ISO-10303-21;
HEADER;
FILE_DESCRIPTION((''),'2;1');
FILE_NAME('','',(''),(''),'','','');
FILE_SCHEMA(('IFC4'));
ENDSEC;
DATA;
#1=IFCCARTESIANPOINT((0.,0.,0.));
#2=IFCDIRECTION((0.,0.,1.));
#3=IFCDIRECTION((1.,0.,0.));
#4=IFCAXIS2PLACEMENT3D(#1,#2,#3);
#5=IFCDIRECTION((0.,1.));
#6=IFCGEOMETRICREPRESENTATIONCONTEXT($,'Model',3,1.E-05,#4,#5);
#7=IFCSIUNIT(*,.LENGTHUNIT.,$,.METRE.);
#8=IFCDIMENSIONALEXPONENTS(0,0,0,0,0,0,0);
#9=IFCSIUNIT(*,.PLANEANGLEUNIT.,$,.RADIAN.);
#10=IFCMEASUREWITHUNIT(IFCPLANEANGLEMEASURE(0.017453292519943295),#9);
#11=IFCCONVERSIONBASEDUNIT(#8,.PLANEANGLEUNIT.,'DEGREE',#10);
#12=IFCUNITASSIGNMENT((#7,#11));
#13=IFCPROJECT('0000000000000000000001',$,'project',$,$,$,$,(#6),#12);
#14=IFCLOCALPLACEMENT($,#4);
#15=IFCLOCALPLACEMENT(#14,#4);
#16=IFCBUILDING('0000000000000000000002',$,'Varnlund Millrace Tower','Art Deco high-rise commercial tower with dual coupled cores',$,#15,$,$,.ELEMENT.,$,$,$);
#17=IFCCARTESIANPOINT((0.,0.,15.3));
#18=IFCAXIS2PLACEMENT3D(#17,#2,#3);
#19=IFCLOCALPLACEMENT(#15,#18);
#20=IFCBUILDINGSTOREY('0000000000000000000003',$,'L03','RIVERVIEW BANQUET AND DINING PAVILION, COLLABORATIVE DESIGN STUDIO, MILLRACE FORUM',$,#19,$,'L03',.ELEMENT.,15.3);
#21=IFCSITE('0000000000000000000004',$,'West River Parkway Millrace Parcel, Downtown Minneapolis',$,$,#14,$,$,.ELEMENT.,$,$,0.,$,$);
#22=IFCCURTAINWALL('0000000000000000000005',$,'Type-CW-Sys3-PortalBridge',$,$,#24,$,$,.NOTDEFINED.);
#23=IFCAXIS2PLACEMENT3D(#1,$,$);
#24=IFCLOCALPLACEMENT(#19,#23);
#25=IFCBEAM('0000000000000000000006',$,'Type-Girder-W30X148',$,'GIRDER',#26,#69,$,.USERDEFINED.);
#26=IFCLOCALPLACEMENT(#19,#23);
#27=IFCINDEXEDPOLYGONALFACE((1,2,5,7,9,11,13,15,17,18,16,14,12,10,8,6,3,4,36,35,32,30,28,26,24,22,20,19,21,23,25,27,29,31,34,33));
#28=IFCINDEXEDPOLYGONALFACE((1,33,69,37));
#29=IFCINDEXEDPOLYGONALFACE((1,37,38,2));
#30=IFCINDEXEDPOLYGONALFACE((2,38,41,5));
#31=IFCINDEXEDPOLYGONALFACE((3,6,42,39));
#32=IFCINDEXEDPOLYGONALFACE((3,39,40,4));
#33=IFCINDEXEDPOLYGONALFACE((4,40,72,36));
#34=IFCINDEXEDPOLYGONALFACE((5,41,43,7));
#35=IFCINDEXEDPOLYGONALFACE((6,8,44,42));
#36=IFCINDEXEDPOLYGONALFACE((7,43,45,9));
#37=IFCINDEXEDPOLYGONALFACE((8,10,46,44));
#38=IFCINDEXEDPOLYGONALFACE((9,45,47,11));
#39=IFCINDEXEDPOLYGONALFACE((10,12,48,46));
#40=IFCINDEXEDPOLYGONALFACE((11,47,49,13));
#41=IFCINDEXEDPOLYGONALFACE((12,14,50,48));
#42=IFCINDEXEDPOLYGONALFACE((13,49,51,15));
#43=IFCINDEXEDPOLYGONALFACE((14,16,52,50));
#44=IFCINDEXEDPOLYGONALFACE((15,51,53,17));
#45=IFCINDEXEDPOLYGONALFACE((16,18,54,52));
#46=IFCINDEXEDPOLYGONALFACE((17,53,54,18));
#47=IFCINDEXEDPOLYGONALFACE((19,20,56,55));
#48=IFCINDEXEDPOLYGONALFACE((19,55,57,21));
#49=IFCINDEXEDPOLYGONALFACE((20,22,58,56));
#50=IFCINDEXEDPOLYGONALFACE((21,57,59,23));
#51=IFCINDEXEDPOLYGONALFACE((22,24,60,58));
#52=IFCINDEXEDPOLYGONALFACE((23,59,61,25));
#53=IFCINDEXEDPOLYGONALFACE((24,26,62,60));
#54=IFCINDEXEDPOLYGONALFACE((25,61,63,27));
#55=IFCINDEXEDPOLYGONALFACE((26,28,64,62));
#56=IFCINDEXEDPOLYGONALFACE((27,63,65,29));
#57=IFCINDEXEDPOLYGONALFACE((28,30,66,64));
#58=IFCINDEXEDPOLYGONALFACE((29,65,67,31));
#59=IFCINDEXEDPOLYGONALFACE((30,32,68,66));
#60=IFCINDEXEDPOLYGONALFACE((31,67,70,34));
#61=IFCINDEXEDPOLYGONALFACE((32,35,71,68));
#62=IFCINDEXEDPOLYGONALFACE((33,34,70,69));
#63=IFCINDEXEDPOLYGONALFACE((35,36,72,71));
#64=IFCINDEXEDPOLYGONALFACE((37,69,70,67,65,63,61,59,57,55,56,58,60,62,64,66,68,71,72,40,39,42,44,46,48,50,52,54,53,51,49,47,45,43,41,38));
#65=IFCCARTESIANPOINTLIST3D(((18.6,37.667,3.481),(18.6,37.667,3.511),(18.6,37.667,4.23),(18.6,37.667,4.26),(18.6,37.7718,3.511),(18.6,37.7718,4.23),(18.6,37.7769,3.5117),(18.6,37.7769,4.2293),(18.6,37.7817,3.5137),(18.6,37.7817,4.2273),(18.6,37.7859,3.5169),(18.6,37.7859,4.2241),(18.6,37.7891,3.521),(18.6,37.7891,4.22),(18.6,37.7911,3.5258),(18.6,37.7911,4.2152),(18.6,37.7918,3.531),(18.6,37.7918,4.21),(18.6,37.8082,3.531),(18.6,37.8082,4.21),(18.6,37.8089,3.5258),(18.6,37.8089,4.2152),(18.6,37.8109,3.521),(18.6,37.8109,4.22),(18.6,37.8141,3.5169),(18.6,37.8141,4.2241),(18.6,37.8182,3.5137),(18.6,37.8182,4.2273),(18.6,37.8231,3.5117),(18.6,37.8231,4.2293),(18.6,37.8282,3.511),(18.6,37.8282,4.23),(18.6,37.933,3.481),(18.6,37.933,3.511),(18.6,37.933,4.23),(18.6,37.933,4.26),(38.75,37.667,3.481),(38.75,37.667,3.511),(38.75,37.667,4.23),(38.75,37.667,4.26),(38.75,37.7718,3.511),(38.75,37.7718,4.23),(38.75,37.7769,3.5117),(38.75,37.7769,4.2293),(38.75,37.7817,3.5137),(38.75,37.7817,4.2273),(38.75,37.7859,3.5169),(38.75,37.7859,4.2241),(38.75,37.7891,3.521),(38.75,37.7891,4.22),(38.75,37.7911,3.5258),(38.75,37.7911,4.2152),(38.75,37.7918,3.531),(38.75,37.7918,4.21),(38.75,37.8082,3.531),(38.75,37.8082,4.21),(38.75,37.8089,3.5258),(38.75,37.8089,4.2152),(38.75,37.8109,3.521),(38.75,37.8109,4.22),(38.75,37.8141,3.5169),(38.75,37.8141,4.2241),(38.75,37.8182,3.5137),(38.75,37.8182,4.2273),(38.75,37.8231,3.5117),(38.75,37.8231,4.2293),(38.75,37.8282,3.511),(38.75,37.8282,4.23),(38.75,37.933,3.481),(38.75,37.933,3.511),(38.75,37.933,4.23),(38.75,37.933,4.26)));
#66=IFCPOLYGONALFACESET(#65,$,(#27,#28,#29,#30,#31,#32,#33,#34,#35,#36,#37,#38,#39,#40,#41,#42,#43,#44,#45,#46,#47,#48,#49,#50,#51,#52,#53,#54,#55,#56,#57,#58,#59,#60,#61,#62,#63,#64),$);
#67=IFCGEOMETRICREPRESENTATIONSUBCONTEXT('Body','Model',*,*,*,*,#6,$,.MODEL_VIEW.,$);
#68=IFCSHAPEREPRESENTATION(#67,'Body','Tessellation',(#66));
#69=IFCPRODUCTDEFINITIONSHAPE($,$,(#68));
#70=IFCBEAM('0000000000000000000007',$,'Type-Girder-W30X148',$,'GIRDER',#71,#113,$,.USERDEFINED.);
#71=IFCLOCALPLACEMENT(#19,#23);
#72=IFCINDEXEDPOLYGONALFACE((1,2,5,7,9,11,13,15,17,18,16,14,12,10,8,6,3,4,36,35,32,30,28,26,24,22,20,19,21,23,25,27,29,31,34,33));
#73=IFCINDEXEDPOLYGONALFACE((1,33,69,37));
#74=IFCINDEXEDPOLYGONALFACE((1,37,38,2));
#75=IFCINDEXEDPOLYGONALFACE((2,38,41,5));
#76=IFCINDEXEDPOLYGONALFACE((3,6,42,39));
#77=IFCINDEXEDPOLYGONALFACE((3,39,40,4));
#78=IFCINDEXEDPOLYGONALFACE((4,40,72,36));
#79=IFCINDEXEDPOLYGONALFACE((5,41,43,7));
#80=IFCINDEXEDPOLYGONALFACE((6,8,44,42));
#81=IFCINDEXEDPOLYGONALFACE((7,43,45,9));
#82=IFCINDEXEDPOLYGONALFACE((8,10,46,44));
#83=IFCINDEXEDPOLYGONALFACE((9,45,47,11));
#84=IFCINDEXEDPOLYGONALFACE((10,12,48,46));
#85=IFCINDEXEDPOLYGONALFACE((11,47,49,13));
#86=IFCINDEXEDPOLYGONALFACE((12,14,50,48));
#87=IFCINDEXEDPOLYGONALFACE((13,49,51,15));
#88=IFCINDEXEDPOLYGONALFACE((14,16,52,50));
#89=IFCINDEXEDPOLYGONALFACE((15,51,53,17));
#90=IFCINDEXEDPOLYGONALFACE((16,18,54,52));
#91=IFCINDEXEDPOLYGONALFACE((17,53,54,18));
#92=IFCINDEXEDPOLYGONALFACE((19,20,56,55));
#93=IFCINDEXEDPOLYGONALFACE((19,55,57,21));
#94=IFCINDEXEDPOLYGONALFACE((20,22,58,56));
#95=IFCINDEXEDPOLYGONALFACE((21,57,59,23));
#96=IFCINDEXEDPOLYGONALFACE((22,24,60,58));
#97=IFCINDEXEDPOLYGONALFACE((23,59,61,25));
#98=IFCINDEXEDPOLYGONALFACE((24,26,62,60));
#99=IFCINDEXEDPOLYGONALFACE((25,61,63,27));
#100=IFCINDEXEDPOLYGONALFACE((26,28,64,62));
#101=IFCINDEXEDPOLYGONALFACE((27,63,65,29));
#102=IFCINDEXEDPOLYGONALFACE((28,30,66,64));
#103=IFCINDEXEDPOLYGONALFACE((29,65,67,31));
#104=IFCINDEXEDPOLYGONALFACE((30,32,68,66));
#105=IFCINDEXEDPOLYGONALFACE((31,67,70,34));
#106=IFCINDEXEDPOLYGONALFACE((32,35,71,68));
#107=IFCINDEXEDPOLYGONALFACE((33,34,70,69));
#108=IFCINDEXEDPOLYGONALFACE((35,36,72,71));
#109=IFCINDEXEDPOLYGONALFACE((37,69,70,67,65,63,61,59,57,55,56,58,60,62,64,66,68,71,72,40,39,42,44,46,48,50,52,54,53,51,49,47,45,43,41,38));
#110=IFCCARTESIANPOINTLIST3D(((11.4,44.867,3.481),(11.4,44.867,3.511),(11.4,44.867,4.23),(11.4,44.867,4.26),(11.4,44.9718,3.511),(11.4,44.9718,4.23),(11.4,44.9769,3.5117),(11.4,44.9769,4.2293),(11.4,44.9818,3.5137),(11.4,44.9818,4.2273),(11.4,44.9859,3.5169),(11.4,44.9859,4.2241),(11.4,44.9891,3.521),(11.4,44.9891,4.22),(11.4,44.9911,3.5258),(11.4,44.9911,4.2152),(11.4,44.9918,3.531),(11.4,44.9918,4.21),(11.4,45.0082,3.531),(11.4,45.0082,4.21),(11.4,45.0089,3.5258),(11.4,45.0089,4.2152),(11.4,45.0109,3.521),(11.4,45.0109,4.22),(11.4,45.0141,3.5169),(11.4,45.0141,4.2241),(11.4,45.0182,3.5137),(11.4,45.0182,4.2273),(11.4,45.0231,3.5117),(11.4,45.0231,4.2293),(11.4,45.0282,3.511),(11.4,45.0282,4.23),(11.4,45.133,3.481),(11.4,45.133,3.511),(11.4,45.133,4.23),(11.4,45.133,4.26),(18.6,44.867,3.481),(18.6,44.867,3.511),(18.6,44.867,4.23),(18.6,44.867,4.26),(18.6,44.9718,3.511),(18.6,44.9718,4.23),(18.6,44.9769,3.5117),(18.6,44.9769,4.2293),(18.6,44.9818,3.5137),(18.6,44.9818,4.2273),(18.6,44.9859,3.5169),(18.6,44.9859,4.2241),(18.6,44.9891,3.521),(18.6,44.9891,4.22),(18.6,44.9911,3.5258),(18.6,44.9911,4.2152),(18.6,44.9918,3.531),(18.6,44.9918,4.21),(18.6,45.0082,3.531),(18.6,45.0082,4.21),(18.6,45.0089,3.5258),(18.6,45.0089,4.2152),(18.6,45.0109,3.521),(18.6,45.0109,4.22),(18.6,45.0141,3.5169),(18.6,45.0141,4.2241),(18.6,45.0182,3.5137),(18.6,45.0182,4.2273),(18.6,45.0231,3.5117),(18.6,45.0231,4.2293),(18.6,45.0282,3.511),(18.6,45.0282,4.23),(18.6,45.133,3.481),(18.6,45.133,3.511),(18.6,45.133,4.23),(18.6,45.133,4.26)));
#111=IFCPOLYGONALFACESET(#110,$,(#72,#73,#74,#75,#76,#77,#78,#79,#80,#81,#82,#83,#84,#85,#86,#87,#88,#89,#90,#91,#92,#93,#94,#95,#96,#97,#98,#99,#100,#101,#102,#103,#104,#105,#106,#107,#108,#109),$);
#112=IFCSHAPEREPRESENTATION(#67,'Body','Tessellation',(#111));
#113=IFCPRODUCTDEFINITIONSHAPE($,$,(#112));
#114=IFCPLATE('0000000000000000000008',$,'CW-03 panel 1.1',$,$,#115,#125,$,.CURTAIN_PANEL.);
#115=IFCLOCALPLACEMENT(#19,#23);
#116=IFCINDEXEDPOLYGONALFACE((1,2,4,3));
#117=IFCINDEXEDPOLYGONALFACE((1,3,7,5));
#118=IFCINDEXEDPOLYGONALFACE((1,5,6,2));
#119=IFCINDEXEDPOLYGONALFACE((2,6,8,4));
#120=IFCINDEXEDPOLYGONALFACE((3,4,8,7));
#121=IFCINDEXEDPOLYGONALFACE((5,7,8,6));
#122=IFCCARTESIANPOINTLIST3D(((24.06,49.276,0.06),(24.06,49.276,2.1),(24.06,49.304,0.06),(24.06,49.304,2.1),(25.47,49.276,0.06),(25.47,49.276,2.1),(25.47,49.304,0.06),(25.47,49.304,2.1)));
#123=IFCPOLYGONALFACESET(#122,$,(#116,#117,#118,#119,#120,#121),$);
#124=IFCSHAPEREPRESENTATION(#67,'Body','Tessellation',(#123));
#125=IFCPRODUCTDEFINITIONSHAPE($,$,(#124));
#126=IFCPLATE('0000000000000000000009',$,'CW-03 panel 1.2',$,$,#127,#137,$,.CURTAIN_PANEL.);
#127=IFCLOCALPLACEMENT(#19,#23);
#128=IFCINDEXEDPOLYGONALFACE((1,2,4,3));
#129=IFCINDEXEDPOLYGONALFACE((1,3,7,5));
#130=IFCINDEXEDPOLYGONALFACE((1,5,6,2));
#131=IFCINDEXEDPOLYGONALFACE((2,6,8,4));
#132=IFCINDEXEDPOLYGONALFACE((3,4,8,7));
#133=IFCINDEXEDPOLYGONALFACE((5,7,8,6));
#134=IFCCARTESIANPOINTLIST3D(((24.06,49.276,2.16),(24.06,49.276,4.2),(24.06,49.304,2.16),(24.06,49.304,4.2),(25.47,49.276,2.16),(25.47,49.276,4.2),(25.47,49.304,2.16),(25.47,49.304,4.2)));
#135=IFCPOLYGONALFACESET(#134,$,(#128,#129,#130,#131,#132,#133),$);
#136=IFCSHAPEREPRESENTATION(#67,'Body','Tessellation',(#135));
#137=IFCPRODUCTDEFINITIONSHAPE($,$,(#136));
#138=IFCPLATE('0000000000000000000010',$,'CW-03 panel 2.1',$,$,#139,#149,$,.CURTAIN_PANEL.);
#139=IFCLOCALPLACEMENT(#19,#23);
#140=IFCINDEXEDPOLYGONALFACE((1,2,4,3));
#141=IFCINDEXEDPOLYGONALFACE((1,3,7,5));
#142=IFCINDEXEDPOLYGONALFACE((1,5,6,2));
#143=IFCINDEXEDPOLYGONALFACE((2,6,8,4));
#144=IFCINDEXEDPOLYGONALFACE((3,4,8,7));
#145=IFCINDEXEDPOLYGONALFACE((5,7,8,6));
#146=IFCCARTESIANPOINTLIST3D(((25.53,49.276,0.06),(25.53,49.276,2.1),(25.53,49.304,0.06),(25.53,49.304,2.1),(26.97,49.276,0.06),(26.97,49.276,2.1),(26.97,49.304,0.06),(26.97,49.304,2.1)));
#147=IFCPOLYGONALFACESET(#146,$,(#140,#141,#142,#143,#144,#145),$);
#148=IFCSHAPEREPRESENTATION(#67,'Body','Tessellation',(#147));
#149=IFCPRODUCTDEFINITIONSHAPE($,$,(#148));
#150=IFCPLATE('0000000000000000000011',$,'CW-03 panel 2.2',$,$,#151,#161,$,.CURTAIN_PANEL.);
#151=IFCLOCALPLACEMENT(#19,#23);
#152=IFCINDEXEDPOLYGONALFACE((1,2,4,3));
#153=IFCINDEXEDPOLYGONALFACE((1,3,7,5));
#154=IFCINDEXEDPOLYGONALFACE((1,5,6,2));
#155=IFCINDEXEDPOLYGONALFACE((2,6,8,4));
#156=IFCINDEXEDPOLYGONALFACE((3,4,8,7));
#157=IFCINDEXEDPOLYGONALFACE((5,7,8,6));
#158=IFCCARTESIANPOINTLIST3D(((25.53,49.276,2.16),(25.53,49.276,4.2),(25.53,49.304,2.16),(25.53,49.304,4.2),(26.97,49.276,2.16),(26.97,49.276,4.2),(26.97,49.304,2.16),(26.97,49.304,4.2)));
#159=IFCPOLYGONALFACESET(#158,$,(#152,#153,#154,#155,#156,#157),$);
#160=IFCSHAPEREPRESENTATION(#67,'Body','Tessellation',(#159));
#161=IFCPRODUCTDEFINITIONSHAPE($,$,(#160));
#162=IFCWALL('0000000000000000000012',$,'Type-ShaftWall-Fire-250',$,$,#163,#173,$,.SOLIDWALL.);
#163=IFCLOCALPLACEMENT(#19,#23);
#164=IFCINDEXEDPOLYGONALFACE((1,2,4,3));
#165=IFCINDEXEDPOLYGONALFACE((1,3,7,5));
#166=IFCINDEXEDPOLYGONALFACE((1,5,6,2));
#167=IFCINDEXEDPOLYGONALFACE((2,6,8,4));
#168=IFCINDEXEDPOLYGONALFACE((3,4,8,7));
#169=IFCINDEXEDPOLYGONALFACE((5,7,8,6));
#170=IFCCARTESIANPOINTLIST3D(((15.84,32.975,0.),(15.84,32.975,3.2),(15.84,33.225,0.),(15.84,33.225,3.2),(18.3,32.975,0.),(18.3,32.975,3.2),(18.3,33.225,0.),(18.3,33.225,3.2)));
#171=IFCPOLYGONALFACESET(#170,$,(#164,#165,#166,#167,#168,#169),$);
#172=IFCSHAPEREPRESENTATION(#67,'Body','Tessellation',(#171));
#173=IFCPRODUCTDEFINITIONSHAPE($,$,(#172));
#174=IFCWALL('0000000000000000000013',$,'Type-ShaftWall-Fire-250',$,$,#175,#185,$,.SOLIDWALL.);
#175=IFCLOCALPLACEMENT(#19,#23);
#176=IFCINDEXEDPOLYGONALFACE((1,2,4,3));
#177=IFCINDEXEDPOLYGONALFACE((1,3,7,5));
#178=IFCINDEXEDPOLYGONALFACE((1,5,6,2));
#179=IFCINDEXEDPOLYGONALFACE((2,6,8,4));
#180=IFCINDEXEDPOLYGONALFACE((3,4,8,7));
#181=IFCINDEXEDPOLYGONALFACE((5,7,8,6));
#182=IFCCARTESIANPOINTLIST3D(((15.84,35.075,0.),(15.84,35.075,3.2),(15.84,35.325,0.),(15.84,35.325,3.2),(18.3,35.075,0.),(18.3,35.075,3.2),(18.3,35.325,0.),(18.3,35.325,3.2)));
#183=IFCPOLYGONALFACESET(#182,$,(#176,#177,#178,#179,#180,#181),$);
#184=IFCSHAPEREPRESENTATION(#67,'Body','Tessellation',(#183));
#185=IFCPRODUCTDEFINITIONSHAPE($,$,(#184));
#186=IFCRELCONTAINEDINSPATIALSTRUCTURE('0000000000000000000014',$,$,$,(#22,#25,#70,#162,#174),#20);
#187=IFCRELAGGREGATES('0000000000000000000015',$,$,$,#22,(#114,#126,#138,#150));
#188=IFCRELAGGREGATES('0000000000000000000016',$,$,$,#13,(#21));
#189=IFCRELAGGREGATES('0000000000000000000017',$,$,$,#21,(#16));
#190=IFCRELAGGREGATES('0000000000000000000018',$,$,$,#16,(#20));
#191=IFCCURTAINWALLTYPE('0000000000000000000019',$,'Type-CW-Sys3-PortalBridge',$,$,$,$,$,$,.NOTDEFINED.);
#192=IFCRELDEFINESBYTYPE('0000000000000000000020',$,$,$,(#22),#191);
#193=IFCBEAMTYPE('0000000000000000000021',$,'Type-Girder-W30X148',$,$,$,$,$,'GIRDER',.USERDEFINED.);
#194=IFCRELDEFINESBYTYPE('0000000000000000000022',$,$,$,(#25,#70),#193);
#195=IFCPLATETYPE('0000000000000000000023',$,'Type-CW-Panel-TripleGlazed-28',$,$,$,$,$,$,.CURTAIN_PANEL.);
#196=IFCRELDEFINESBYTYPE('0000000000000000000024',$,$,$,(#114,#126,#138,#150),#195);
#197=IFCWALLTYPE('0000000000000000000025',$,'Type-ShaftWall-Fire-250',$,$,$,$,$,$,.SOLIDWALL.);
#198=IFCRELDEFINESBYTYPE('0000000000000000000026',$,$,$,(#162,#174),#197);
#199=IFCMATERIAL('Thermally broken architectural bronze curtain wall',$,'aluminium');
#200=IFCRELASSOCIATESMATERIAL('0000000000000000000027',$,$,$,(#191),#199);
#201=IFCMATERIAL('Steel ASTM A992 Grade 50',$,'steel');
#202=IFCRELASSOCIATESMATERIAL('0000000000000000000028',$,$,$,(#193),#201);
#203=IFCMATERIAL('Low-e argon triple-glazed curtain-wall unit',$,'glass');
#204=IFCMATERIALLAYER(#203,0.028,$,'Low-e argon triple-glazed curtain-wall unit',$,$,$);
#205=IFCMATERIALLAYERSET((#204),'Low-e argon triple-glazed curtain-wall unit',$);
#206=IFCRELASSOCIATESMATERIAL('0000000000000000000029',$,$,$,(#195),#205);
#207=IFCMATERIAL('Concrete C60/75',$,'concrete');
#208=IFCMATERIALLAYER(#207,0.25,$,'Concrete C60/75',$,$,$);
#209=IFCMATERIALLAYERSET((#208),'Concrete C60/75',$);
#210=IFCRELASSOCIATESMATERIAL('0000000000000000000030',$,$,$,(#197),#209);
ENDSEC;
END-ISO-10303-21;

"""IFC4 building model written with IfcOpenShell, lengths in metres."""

from ifc_helpers import new_model, entity, si_unit, converted_unit, direction, frame, origin_with_axes, origin_2d_with_axis, place, context, subcontext, project, spatial, polyline, rectangle, i_section, outline, extrude, material, layer, layer_set, material_profile, profile_set, type_object, element, aggregate, save


model = new_model("IFC4")

# Units and contexts
model_context = context("Model", 3, precision=1e-05, world=origin_with_axes(), true_north=direction((0.0, 1.0)))
body_context = subcontext(model_context, "Body", "Model", "MODEL_VIEW")
ifc_project = project(units=[si_unit("LENGTHUNIT", "METRE"), converted_unit("PLANEANGLEUNIT", "DEGREE", entity("IfcPlaneAngleMeasure", 0.017453292519943295), si_unit("PLANEANGLEUNIT", "RADIAN"), dimensions=[0, 0, 0, 0, 0, 0, 0])], contexts=[model_context])

# Site, building, storey
site_placement = place(None, origin_with_axes())
site = spatial("IfcSite", under=ifc_project, at=site_placement, Name="West River Parkway Millrace Parcel, Downtown Minneapolis", CompositionType="ELEMENT", RefElevation=0.0)
building_placement = place(site_placement, origin_with_axes())
building = spatial("IfcBuilding", under=site, at=building_placement, Name="Varnlund Millrace Tower", Description="Art Deco high-rise commercial tower with dual coupled cores", CompositionType="ELEMENT")
storey_placement = place(building_placement, frame((0.0, 0.0, 15.3), z_axis=(0.0, 0.0, 1.0), x_axis=(1.0, 0.0, 0.0)))
storey = spatial("IfcBuildingStorey", under=building, at=storey_placement, Name="L03", Description="RIVERVIEW BANQUET AND DINING PAVILION, COLLABORATIVE DESIGN STUDIO, MILLRACE FORUM", LongName="L03", CompositionType="ELEMENT", Elevation=15.3)

# Curtain wall
ifc_material_1 = material(Name="Thermally broken architectural bronze curtain wall", Category="aluminium")
curtain_wall_type = type_object("IfcCurtainWallType", Name="Type-CW-Sys3-PortalBridge", PredefinedType="NOTDEFINED", material=ifc_material_1)
curtain_wall_placement = place(storey_placement, frame((24.0, 49.29, 0.0), z_axis=(0.0, 0.0, 1.0), x_axis=(1.0, 0.0, 0.0)))
curtain_wall = element("IfcCurtainWall", 1, at=curtain_wall_placement, inside=storey, type_object=curtain_wall_type, Name="Type-CW-Sys3-PortalBridge", PredefinedType="NOTDEFINED")

# Beams
ifc_material_2 = material(Name="Steel ASTM A992 Grade 50", Category="steel")
ifc_material_profile_1 = material_profile(ifc_material_2, i_section(OverallWidth=0.266, OverallDepth=0.779, WebThickness=0.0165, FlangeThickness=0.03, FilletRadius=0.02, at=origin_2d_with_axis()), Name="Steel ASTM A992 Grade 50")
ifc_profile_set_1 = profile_set([ifc_material_profile_1], Name="Steel ASTM A992 Grade 50")
beam_type_1 = type_object("IfcBeamType", Name="Type-Girder-W30X148", ElementType="GIRDER", PredefinedType="USERDEFINED", material=ifc_profile_set_1)
beam_1_placement = place(storey_placement, frame((18.6, 37.8, 3.8705), z_axis=(1.0, 0.0, 0.0), x_axis=(0.0, 1.0, 0.0)))
element("IfcBeam", 2, at=beam_1_placement, inside=storey, type_object=beam_type_1, Name="Type-Girder-W30X148", ObjectType="GIRDER", PredefinedType="USERDEFINED", context=body_context, shape_type="SweptSolid", body=[
    extrude(i_section(OverallWidth=0.266, OverallDepth=0.779, WebThickness=0.0165, FlangeThickness=0.03, FilletRadius=0.02, at=origin_2d_with_axis()), origin_with_axes(), (0.0, 0.0, 1.0), 20.15),
])
beam_2_placement = place(storey_placement, frame((11.4, 45.0, 3.8705), z_axis=(1.0, 0.0, 0.0), x_axis=(0.0, 1.0, 0.0)))
element("IfcBeam", 3, at=beam_2_placement, inside=storey, type_object=beam_type_1, Name="Type-Girder-W30X148", ObjectType="GIRDER", PredefinedType="USERDEFINED", context=body_context, shape_type="SweptSolid", body=[
    extrude(i_section(OverallWidth=0.266, OverallDepth=0.779, WebThickness=0.0165, FlangeThickness=0.03, FilletRadius=0.02, at=origin_2d_with_axis()), origin_with_axes(), (0.0, 0.0, 1.0), 7.2),
])

# Plates
ifc_material_3 = material(Name="Low-e argon triple-glazed curtain-wall unit", Category="glass")
ifc_layer_1 = layer(ifc_material_3, 0.028, Name="Low-e argon triple-glazed curtain-wall unit")
ifc_layer_set_1 = layer_set([ifc_layer_1], Name="Low-e argon triple-glazed curtain-wall unit")
plate_type = type_object("IfcPlateType", Name="Type-CW-Panel-TripleGlazed-28", PredefinedType="CURTAIN_PANEL", material=ifc_layer_set_1)
plate_1_placement = place(storey_placement, frame((24.765, 49.29, 0.06), z_axis=(0.0, 0.0, 1.0), x_axis=(1.0, 0.0, 0.0)))
plate_1 = element("IfcPlate", 4, at=plate_1_placement, type_object=plate_type, Name="CW-03 panel 1.1", PredefinedType="CURTAIN_PANEL", context=body_context, shape_type="SweptSolid", body=[
    extrude(rectangle(XDim=1.41, YDim=0.028, at=origin_2d_with_axis()), origin_with_axes(), (0.0, 0.0, 1.0), 2.04),
])
plate_2_placement = place(storey_placement, frame((24.765, 49.29, 2.16), z_axis=(0.0, 0.0, 1.0), x_axis=(1.0, 0.0, 0.0)))
plate_2 = element("IfcPlate", 5, at=plate_2_placement, type_object=plate_type, Name="CW-03 panel 1.2", PredefinedType="CURTAIN_PANEL", context=body_context, shape_type="SweptSolid", body=[
    extrude(rectangle(XDim=1.41, YDim=0.028, at=origin_2d_with_axis()), origin_with_axes(), (0.0, 0.0, 1.0), 2.04),
])
plate_3_placement = place(storey_placement, frame((26.25, 49.29, 0.06), z_axis=(0.0, 0.0, 1.0), x_axis=(1.0, 0.0, 0.0)))
plate_3 = element("IfcPlate", 6, at=plate_3_placement, type_object=plate_type, Name="CW-03 panel 2.1", PredefinedType="CURTAIN_PANEL", context=body_context, shape_type="SweptSolid", body=[
    extrude(rectangle(XDim=1.44, YDim=0.028, at=origin_2d_with_axis()), origin_with_axes(), (0.0, 0.0, 1.0), 2.04),
])
plate_4_placement = place(storey_placement, frame((26.25, 49.29, 2.16), z_axis=(0.0, 0.0, 1.0), x_axis=(1.0, 0.0, 0.0)))
plate_4 = element("IfcPlate", 7, at=plate_4_placement, type_object=plate_type, Name="CW-03 panel 2.2", PredefinedType="CURTAIN_PANEL", context=body_context, shape_type="SweptSolid", body=[
    extrude(rectangle(XDim=1.44, YDim=0.028, at=origin_2d_with_axis()), origin_with_axes(), (0.0, 0.0, 1.0), 2.04),
])
aggregate(curtain_wall, [plate_1, plate_2, plate_3, plate_4])

# Walls
ifc_material_4 = material(Name="Concrete C60/75", Category="concrete")
ifc_layer_2 = layer(ifc_material_4, 0.25, Name="Concrete C60/75")
ifc_layer_set_2 = layer_set([ifc_layer_2], Name="Concrete C60/75")
wall_type = type_object("IfcWallType", Name="Type-ShaftWall-Fire-250", PredefinedType="SOLIDWALL", material=ifc_layer_set_2)
for number, where, z_axis, x_axis, name in (
    (8, (15.84, 33.1, 0.0), (0.0, 0.0, 1.0), (1.0, 0.0, 0.0), "Type-ShaftWall-Fire-250"),
    (9, (15.84, 35.2, 0.0), (0.0, 0.0, 1.0), (1.0, 0.0, 0.0), "Type-ShaftWall-Fire-250"),
):
    element("IfcWall", number, at=place(storey_placement, frame(where, z_axis=z_axis, x_axis=x_axis)), inside=storey, type_object=wall_type, Name=name, PredefinedType="SOLIDWALL", context=body_context, shape_type="SweptSolid", body=[
        extrude(outline(polyline([(0.0, -0.125), (2.46, -0.125), (2.46, 0.125), (0.0, 0.125), (0.0, -0.125)])), origin_with_axes(), (0.0, 0.0, 1.0), 3.2),
    ])

save(model, "model.ifc")
